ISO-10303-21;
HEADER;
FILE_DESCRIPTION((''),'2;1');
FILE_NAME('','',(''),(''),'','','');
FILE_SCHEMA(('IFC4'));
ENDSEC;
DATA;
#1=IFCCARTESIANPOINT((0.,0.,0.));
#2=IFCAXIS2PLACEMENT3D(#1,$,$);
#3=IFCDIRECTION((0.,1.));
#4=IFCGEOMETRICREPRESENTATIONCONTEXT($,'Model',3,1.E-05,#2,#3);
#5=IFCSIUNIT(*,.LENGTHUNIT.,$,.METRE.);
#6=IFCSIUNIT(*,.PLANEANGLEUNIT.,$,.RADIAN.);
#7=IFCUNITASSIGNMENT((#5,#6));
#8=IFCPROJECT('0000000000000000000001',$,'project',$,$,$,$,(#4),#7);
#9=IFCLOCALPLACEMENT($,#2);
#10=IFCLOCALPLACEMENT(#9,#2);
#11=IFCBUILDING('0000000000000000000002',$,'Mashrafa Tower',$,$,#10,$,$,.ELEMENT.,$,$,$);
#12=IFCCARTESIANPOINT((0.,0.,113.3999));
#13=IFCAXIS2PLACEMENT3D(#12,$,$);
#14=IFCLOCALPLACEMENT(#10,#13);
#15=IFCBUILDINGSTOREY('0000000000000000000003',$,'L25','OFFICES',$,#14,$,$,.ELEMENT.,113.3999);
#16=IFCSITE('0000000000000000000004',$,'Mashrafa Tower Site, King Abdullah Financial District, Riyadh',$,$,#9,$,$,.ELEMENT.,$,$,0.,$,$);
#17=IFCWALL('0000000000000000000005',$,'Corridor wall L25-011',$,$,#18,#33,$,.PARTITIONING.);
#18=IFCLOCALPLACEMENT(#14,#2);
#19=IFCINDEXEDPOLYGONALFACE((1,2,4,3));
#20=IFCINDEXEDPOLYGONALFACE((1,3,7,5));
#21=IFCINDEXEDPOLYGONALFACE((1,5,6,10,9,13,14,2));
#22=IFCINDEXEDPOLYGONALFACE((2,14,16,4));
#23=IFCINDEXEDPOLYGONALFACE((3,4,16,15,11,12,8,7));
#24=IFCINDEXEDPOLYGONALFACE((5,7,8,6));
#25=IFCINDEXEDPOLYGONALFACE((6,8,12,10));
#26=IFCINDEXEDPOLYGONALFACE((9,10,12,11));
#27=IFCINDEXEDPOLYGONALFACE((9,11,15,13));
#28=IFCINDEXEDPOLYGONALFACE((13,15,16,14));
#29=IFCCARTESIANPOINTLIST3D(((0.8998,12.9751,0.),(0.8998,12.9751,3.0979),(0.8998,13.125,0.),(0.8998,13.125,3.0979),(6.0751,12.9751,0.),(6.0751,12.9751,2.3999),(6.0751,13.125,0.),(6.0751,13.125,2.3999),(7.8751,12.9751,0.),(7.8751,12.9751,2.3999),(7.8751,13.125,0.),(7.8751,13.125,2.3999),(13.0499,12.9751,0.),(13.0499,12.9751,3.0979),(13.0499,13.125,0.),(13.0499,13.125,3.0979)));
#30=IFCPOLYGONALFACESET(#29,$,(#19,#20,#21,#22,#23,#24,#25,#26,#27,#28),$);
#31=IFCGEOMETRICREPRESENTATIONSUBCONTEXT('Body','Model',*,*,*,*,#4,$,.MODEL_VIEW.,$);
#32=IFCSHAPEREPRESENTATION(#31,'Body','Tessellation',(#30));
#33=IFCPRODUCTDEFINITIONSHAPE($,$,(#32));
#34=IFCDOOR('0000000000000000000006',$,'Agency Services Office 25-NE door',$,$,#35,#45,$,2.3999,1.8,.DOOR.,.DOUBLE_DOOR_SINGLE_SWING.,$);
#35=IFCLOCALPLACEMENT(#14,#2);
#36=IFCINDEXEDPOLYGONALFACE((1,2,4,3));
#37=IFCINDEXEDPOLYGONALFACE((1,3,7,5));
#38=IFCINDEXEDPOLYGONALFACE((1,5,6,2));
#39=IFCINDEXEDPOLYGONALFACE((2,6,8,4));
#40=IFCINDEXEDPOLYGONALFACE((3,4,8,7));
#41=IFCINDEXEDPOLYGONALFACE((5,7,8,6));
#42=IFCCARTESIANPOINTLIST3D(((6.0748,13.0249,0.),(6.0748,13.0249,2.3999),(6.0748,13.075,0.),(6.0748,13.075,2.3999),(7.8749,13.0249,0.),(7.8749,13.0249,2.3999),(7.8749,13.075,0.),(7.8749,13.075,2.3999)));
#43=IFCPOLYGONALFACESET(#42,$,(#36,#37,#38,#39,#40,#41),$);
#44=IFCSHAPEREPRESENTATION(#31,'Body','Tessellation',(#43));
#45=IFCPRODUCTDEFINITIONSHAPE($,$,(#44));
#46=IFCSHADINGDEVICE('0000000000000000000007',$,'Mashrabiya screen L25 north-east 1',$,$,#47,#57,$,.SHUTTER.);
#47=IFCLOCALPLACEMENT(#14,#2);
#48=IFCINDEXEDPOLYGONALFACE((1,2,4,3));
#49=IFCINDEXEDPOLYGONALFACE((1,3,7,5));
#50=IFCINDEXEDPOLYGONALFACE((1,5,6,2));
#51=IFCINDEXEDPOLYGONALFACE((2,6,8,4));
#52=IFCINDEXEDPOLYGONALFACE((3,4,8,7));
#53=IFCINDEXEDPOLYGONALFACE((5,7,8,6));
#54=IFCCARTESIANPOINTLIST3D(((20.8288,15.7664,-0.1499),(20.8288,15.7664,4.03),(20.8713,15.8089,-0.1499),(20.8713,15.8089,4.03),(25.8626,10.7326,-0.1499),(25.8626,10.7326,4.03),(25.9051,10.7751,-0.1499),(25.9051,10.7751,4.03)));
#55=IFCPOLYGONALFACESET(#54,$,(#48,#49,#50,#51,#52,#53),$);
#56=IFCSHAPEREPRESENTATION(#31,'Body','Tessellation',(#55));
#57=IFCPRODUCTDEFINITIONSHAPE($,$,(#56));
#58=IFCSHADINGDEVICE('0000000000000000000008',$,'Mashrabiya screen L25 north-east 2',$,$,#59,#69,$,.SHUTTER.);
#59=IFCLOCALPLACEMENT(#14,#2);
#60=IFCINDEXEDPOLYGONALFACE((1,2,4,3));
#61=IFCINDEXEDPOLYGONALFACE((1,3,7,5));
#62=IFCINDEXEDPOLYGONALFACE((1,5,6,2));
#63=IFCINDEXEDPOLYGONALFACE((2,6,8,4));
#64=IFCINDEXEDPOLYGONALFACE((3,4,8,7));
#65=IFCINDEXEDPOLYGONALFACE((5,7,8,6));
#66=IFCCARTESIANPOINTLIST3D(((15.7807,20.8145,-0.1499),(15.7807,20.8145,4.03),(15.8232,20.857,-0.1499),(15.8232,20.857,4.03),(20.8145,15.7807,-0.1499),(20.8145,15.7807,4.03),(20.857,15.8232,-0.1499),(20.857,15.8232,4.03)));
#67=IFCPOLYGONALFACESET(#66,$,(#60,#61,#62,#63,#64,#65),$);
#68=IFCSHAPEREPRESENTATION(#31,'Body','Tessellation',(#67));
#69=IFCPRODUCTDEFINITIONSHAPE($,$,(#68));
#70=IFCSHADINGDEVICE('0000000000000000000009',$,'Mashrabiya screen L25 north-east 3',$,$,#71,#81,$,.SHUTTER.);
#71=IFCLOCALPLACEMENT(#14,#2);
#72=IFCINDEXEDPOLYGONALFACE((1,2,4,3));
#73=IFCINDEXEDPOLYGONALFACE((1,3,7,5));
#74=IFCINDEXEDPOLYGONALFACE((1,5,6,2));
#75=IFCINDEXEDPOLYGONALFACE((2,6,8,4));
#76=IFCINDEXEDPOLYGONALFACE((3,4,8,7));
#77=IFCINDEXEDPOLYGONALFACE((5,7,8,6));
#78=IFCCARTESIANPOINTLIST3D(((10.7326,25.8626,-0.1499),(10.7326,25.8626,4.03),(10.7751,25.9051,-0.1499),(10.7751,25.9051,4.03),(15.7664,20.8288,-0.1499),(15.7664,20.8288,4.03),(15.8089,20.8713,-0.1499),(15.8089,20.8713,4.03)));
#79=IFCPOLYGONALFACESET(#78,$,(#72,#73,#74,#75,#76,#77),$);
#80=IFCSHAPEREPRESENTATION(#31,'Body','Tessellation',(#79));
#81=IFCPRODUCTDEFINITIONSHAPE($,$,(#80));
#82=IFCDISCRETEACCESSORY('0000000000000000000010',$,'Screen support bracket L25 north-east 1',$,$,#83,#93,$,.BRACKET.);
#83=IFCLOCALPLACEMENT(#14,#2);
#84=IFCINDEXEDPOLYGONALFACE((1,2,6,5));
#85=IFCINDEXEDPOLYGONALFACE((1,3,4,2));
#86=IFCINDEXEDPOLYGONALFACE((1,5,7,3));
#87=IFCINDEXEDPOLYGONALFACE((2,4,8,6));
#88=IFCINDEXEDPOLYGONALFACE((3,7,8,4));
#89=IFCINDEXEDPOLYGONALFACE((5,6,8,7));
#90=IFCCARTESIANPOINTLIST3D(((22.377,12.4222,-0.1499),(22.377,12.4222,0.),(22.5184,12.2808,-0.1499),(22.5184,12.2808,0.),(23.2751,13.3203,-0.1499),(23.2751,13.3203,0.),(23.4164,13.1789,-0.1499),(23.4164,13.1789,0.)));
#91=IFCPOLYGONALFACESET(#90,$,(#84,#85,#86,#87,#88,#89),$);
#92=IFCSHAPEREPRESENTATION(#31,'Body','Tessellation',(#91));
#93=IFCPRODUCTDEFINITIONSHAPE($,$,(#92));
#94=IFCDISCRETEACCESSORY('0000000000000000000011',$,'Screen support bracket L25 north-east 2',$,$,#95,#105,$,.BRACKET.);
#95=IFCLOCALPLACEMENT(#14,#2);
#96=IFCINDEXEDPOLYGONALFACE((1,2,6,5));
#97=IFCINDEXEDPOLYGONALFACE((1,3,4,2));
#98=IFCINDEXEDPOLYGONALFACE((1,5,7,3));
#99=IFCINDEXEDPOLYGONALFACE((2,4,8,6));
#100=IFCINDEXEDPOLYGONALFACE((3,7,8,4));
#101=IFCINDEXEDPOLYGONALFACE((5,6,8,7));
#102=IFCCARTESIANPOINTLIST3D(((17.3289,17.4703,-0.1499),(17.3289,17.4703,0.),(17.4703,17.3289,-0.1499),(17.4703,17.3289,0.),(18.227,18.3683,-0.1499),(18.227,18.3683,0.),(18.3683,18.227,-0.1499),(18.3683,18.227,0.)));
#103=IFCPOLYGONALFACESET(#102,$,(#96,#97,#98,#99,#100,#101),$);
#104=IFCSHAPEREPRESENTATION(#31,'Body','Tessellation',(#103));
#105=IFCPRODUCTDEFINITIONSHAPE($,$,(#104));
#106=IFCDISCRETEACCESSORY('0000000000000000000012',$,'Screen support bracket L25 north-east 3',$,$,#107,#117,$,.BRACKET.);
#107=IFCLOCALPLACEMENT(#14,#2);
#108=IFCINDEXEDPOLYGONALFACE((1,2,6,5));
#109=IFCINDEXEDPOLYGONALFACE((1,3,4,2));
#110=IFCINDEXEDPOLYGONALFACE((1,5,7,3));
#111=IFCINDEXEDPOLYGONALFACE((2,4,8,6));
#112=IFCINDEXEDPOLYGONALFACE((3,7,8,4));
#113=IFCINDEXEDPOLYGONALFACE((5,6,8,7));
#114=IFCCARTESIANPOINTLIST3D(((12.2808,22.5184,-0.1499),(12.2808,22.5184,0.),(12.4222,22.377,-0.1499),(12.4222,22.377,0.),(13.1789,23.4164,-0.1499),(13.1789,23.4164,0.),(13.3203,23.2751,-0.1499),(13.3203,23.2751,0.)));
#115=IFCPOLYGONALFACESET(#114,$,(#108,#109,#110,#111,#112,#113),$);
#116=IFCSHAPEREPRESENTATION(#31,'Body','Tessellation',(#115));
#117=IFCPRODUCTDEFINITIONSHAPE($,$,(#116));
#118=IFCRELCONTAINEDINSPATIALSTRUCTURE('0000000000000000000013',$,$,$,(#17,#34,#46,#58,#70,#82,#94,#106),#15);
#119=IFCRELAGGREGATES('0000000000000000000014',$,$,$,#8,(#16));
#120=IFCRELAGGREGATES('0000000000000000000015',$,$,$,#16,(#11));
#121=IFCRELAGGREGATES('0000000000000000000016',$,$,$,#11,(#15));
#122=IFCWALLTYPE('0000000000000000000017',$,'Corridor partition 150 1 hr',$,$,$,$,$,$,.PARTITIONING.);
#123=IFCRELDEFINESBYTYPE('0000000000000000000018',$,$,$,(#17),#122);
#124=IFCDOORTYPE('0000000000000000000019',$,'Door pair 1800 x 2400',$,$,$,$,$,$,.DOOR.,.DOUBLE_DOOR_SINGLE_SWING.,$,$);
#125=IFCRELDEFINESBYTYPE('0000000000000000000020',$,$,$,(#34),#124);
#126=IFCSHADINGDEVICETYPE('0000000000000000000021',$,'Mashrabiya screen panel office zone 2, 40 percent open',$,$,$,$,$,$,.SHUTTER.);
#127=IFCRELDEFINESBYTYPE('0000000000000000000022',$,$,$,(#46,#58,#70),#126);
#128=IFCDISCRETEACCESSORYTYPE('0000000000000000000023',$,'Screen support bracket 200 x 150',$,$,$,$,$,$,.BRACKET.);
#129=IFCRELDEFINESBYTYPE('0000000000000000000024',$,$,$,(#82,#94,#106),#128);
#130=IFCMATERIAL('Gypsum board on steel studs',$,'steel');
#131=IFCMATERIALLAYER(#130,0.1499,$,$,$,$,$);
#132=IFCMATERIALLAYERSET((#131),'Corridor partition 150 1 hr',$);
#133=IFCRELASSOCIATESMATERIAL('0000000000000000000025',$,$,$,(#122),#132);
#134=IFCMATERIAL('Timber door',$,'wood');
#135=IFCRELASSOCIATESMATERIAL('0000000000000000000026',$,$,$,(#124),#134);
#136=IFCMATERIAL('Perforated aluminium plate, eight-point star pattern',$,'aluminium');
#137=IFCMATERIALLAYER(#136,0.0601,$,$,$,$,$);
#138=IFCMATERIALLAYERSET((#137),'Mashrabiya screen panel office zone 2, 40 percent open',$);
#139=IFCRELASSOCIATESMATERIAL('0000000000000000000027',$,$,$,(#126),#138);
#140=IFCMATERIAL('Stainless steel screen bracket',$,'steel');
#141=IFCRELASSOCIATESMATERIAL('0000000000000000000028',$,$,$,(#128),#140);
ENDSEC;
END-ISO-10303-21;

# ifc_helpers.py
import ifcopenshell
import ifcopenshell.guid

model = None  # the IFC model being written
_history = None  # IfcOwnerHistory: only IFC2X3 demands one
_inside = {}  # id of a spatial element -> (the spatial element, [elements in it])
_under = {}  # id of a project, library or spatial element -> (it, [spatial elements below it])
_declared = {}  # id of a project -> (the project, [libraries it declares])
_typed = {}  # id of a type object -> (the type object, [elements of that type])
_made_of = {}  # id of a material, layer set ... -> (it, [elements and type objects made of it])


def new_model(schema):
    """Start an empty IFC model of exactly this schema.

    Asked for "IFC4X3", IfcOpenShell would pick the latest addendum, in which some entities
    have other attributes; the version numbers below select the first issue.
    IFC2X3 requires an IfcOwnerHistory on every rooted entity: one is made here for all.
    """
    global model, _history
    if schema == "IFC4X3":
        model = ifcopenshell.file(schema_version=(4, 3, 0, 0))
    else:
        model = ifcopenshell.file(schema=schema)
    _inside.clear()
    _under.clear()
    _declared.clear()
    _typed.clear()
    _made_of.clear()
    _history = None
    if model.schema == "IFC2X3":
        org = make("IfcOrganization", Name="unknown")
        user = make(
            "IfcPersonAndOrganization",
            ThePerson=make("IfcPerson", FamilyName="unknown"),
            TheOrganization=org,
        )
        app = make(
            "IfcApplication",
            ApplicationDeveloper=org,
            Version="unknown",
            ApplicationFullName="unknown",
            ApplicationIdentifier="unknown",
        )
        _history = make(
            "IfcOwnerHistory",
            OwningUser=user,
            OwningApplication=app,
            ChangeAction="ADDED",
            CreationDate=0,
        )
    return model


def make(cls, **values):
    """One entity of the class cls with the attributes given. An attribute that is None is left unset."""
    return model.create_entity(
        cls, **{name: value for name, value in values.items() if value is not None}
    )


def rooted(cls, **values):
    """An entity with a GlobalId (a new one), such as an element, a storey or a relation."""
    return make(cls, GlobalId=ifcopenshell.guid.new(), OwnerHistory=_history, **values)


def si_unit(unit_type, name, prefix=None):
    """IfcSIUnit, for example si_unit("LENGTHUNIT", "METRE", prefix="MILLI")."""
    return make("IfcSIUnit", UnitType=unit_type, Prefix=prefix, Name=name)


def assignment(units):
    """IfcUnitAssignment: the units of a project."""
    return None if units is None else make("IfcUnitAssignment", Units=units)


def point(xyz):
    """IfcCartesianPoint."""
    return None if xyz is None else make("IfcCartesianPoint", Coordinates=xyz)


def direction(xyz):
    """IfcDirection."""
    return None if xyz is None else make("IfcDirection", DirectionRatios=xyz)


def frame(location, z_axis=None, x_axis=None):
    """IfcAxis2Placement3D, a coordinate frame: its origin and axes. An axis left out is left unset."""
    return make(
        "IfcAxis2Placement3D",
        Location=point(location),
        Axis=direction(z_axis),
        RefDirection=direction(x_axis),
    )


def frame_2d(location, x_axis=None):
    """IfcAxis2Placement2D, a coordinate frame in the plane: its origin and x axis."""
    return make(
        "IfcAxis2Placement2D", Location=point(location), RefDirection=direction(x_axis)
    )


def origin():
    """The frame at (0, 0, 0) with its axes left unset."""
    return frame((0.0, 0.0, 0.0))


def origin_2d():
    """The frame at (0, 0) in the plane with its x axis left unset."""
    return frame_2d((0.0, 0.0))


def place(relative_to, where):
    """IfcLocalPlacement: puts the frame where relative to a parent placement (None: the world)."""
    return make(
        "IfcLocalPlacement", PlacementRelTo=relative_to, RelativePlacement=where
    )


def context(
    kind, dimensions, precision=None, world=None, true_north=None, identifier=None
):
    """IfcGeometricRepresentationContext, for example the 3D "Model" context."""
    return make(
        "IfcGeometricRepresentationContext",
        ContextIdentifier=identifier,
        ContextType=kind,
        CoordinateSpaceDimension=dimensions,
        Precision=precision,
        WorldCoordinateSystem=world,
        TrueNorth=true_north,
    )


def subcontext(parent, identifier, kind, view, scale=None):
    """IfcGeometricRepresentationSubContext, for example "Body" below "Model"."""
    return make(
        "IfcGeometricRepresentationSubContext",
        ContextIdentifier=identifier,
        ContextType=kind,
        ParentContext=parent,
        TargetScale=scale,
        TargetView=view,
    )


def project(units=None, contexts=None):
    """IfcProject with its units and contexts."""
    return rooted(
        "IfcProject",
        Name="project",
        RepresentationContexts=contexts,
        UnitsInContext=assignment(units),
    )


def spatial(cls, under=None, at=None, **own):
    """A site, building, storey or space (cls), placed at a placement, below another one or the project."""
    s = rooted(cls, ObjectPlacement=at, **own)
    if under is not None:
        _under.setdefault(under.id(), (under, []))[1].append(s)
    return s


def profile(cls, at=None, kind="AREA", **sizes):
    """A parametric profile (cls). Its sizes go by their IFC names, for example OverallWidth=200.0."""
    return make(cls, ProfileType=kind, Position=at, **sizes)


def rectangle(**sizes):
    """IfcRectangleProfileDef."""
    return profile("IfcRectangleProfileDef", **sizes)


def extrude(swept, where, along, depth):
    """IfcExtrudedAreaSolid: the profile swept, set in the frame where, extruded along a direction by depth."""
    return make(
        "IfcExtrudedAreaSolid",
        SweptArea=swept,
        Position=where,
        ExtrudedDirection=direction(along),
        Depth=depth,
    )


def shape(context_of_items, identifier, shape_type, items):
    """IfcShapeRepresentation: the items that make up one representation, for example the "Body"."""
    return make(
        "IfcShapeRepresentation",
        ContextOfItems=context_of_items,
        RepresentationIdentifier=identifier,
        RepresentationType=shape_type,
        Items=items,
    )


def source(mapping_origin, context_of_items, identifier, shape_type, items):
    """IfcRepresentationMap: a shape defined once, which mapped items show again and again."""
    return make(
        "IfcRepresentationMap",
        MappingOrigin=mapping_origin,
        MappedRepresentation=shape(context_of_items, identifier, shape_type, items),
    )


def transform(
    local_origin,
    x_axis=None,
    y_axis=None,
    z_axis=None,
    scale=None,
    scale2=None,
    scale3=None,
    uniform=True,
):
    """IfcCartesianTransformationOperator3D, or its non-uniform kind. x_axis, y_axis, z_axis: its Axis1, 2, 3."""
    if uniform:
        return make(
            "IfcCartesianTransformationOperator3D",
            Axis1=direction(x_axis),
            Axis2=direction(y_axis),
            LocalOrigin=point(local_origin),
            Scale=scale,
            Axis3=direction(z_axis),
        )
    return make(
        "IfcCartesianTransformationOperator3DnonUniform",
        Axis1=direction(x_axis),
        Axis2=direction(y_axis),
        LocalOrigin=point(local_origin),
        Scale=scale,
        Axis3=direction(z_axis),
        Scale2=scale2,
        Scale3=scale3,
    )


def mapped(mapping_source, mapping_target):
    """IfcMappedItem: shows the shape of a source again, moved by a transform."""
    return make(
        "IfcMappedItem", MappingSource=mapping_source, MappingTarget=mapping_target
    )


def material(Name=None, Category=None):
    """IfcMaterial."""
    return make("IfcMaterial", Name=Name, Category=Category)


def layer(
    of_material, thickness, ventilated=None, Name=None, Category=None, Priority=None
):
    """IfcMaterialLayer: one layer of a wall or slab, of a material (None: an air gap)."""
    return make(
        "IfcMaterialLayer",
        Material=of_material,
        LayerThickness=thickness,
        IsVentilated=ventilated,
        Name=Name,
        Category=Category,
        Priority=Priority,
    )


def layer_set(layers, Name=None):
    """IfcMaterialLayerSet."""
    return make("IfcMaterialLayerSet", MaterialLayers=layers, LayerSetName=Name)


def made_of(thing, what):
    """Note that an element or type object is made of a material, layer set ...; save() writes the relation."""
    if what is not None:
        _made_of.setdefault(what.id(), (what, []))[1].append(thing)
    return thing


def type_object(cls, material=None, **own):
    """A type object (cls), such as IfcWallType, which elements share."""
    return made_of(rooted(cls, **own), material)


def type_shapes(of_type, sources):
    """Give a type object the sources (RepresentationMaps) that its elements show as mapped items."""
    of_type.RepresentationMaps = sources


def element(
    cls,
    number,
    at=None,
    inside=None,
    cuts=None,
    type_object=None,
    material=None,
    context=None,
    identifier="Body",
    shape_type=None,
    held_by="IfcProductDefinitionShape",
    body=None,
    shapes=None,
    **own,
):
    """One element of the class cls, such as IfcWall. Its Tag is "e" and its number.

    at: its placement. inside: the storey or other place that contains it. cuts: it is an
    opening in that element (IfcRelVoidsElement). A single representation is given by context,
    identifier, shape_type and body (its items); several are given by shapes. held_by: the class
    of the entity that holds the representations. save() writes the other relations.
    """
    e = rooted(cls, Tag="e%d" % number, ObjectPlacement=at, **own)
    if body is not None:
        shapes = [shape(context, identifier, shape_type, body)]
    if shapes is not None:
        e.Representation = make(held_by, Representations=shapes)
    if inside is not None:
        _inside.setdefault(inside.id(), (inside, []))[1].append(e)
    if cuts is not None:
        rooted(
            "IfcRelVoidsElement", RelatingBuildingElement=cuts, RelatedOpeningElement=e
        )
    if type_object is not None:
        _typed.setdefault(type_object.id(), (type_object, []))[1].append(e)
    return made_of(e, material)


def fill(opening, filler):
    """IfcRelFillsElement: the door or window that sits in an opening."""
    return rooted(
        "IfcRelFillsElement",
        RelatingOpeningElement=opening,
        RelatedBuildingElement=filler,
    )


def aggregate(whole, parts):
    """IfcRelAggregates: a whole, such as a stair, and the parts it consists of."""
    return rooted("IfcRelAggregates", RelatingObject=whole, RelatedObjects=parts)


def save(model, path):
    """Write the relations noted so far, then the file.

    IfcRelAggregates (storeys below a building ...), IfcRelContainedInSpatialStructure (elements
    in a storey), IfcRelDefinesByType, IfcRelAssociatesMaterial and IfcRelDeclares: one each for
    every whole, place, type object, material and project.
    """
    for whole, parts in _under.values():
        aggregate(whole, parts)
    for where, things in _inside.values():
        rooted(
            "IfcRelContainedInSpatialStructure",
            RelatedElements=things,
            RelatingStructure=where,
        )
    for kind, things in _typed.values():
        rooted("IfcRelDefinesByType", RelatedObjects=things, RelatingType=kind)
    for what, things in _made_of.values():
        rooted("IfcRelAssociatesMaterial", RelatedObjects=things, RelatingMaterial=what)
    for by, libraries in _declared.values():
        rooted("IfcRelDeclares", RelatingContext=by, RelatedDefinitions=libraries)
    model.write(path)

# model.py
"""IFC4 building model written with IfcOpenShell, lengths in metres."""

from ifc_helpers import new_model, si_unit, direction, frame, frame_2d, origin, origin_2d, place, context, subcontext, project, spatial, rectangle, extrude, source, transform, mapped, material, layer, layer_set, type_object, type_shapes, element, fill, save


model = new_model("IFC4")

# Units and contexts
model_context = context("Model", 3, precision=1e-05, world=origin(), true_north=direction((0.0, 1.0)))
body_context = subcontext(model_context, "Body", "Model", "MODEL_VIEW")
ifc_project = project(units=[si_unit("LENGTHUNIT", "METRE"), si_unit("PLANEANGLEUNIT", "RADIAN")], contexts=[model_context])

# Site, building, storey
site_placement = place(None, origin())
site = spatial("IfcSite", under=ifc_project, at=site_placement, Name="Mashrafa Tower Site, King Abdullah Financial District, Riyadh", CompositionType="ELEMENT", RefElevation=0.0)
building_placement = place(site_placement, origin())
building = spatial("IfcBuilding", under=site, at=building_placement, Name="Mashrafa Tower", CompositionType="ELEMENT")
storey_placement = place(building_placement, frame((0.0, 0.0, 113.3999)))
storey = spatial("IfcBuildingStorey", under=building, at=storey_placement, Name="L25", Description="OFFICES", CompositionType="ELEMENT", Elevation=113.3999)

# Wall, opening, door
ifc_material_1 = material(Name="Gypsum board on steel studs", Category="steel")
ifc_layer_1 = layer(ifc_material_1, 0.1499)
ifc_layer_set_1 = layer_set([ifc_layer_1], Name="Corridor partition 150 1 hr")
wall_type = type_object("IfcWallType", Name="Corridor partition 150 1 hr", PredefinedType="PARTITIONING", material=ifc_layer_set_1)
wall_placement = place(storey_placement, frame((13.05, 13.05, 0.0), z_axis=(0.0, 0.0, 1.0), x_axis=(-1.0, 0.0, 0.0)))
wall = element("IfcWall", 1, at=wall_placement, inside=storey, type_object=wall_type, Name="Corridor wall L25-011", PredefinedType="PARTITIONING", context=body_context, shape_type="SweptSolid", body=[
    extrude(rectangle(XDim=12.1501, YDim=0.1499, at=frame_2d((6.0752, 0.0))), origin(), (0.0, 0.0, 1.0), 3.0979),
])
opening_placement = place(wall_placement, frame((5.175, 0.0, 0.0)))
opening = element("IfcOpeningElement", 2, at=opening_placement, cuts=wall, PredefinedType="OPENING", context=body_context, shape_type="SweptSolid", body=[
    extrude(rectangle(XDim=1.8, YDim=2.3999, at=frame_2d((0.8999, 1.2))), frame((0.0, 0.085, 0.0), z_axis=(0.0, -1.0, 0.0), x_axis=(1.0, 0.0, 0.0)), (0.0, 0.0, 1.0), 0.1699),
])
ifc_material_2 = material(Name="Timber door", Category="wood")
door_type = type_object("IfcDoorType", Name="Door pair 1800 x 2400", OperationType="DOUBLE_DOOR_SINGLE_SWING", PredefinedType="DOOR", material=ifc_material_2)
door_placement = place(opening_placement, frame((1.8, 0.0, 0.0), z_axis=(0.0, 0.0, 1.0), x_axis=(-1.0, 0.0, 0.0)))
door = element("IfcDoor", 3, at=door_placement, inside=storey, type_object=door_type, Name="Agency Services Office 25-NE door", OperationType="DOUBLE_DOOR_SINGLE_SWING", OverallHeight=2.3999, OverallWidth=1.8, PredefinedType="DOOR", context=body_context, shape_type="SweptSolid", body=[
    extrude(rectangle(XDim=1.8, YDim=2.3999, at=frame_2d((0.8999, 1.2))), frame((0.0, 0.0249, 0.0), z_axis=(0.0, -1.0, 0.0), x_axis=(1.0, 0.0, 0.0)), (0.0, 0.0, 1.0), 0.05),
])
fill(opening, door)

# Shading devices
ifc_material_3 = material(Name="Perforated aluminium plate, eight-point star pattern", Category="aluminium")
ifc_layer_2 = layer(ifc_material_3, 0.0601)
ifc_layer_set_2 = layer_set([ifc_layer_2], Name="Mashrabiya screen panel office zone 2, 40 percent open")
shading_device_type = type_object("IfcShadingDeviceType", Name="Mashrabiya screen panel office zone 2, 40 percent open", PredefinedType="SHUTTER", material=ifc_layer_set_2)
shared_shape_1 = source(origin(), body_context, "Body", "SweptSolid", [
    extrude(rectangle(XDim=7.1189, YDim=0.0601, at=origin_2d()), origin(), (0.0, 0.0, 1.0), 4.1799),
])
type_shapes(shading_device_type, [shared_shape_1])
for number, where, z_axis, x_axis, name in (
    (4, (23.3669, 13.2708, -0.1499), (0.0, 0.0, 1.0), (-0.707107, 0.707107, 0.0), "Mashrabiya screen L25 north-east 1"),
    (5, (18.3188, 18.3188, -0.1499), (0.0, 0.0, 1.0), (-0.707107, 0.707107, 0.0), "Mashrabiya screen L25 north-east 2"),
    (6, (13.2708, 23.3669, -0.1499), (0.0, 0.0, 1.0), (-0.707107, 0.707107, 0.0), "Mashrabiya screen L25 north-east 3"),
):
    element("IfcShadingDevice", number, at=place(storey_placement, frame(where, z_axis=z_axis, x_axis=x_axis)), inside=storey, type_object=shading_device_type, Name=name, PredefinedType="SHUTTER", context=body_context, shape_type="MappedRepresentation", body=[
        mapped(shared_shape_1, transform((0.0, 0.0, 0.0))),
    ])

# Discrete accessories
ifc_material_4 = material(Name="Stainless steel screen bracket", Category="steel")
discrete_accessory_type = type_object("IfcDiscreteAccessoryType", Name="Screen support bracket 200 x 150", PredefinedType="BRACKET", material=ifc_material_4)
shared_shape_2 = source(origin(), body_context, "Body", "SweptSolid", [
    extrude(rectangle(XDim=0.2, YDim=1.27, at=origin_2d()), origin(), (0.0, 0.0, 1.0), 0.1499),
])
type_shapes(discrete_accessory_type, [shared_shape_2])
for number, where, z_axis, x_axis, name in (
    (7, (22.8967, 12.8005, -0.1499), (0.0, 0.0, 1.0), (-0.707107, 0.707107, 0.0), "Screen support bracket L25 north-east 1"),
    (8, (17.8486, 17.8486, -0.1499), (0.0, 0.0, 1.0), (-0.707107, 0.707107, 0.0), "Screen support bracket L25 north-east 2"),
    (9, (12.8005, 22.8967, -0.1499), (0.0, 0.0, 1.0), (-0.707107, 0.707107, 0.0), "Screen support bracket L25 north-east 3"),
):
    element("IfcDiscreteAccessory", number, at=place(storey_placement, frame(where, z_axis=z_axis, x_axis=x_axis)), inside=storey, type_object=discrete_accessory_type, Name=name, PredefinedType="BRACKET", context=body_context, shape_type="MappedRepresentation", body=[
        mapped(shared_shape_2, transform((0.0, 0.0, 0.0))),
    ])

save(model, "model.ifc")
